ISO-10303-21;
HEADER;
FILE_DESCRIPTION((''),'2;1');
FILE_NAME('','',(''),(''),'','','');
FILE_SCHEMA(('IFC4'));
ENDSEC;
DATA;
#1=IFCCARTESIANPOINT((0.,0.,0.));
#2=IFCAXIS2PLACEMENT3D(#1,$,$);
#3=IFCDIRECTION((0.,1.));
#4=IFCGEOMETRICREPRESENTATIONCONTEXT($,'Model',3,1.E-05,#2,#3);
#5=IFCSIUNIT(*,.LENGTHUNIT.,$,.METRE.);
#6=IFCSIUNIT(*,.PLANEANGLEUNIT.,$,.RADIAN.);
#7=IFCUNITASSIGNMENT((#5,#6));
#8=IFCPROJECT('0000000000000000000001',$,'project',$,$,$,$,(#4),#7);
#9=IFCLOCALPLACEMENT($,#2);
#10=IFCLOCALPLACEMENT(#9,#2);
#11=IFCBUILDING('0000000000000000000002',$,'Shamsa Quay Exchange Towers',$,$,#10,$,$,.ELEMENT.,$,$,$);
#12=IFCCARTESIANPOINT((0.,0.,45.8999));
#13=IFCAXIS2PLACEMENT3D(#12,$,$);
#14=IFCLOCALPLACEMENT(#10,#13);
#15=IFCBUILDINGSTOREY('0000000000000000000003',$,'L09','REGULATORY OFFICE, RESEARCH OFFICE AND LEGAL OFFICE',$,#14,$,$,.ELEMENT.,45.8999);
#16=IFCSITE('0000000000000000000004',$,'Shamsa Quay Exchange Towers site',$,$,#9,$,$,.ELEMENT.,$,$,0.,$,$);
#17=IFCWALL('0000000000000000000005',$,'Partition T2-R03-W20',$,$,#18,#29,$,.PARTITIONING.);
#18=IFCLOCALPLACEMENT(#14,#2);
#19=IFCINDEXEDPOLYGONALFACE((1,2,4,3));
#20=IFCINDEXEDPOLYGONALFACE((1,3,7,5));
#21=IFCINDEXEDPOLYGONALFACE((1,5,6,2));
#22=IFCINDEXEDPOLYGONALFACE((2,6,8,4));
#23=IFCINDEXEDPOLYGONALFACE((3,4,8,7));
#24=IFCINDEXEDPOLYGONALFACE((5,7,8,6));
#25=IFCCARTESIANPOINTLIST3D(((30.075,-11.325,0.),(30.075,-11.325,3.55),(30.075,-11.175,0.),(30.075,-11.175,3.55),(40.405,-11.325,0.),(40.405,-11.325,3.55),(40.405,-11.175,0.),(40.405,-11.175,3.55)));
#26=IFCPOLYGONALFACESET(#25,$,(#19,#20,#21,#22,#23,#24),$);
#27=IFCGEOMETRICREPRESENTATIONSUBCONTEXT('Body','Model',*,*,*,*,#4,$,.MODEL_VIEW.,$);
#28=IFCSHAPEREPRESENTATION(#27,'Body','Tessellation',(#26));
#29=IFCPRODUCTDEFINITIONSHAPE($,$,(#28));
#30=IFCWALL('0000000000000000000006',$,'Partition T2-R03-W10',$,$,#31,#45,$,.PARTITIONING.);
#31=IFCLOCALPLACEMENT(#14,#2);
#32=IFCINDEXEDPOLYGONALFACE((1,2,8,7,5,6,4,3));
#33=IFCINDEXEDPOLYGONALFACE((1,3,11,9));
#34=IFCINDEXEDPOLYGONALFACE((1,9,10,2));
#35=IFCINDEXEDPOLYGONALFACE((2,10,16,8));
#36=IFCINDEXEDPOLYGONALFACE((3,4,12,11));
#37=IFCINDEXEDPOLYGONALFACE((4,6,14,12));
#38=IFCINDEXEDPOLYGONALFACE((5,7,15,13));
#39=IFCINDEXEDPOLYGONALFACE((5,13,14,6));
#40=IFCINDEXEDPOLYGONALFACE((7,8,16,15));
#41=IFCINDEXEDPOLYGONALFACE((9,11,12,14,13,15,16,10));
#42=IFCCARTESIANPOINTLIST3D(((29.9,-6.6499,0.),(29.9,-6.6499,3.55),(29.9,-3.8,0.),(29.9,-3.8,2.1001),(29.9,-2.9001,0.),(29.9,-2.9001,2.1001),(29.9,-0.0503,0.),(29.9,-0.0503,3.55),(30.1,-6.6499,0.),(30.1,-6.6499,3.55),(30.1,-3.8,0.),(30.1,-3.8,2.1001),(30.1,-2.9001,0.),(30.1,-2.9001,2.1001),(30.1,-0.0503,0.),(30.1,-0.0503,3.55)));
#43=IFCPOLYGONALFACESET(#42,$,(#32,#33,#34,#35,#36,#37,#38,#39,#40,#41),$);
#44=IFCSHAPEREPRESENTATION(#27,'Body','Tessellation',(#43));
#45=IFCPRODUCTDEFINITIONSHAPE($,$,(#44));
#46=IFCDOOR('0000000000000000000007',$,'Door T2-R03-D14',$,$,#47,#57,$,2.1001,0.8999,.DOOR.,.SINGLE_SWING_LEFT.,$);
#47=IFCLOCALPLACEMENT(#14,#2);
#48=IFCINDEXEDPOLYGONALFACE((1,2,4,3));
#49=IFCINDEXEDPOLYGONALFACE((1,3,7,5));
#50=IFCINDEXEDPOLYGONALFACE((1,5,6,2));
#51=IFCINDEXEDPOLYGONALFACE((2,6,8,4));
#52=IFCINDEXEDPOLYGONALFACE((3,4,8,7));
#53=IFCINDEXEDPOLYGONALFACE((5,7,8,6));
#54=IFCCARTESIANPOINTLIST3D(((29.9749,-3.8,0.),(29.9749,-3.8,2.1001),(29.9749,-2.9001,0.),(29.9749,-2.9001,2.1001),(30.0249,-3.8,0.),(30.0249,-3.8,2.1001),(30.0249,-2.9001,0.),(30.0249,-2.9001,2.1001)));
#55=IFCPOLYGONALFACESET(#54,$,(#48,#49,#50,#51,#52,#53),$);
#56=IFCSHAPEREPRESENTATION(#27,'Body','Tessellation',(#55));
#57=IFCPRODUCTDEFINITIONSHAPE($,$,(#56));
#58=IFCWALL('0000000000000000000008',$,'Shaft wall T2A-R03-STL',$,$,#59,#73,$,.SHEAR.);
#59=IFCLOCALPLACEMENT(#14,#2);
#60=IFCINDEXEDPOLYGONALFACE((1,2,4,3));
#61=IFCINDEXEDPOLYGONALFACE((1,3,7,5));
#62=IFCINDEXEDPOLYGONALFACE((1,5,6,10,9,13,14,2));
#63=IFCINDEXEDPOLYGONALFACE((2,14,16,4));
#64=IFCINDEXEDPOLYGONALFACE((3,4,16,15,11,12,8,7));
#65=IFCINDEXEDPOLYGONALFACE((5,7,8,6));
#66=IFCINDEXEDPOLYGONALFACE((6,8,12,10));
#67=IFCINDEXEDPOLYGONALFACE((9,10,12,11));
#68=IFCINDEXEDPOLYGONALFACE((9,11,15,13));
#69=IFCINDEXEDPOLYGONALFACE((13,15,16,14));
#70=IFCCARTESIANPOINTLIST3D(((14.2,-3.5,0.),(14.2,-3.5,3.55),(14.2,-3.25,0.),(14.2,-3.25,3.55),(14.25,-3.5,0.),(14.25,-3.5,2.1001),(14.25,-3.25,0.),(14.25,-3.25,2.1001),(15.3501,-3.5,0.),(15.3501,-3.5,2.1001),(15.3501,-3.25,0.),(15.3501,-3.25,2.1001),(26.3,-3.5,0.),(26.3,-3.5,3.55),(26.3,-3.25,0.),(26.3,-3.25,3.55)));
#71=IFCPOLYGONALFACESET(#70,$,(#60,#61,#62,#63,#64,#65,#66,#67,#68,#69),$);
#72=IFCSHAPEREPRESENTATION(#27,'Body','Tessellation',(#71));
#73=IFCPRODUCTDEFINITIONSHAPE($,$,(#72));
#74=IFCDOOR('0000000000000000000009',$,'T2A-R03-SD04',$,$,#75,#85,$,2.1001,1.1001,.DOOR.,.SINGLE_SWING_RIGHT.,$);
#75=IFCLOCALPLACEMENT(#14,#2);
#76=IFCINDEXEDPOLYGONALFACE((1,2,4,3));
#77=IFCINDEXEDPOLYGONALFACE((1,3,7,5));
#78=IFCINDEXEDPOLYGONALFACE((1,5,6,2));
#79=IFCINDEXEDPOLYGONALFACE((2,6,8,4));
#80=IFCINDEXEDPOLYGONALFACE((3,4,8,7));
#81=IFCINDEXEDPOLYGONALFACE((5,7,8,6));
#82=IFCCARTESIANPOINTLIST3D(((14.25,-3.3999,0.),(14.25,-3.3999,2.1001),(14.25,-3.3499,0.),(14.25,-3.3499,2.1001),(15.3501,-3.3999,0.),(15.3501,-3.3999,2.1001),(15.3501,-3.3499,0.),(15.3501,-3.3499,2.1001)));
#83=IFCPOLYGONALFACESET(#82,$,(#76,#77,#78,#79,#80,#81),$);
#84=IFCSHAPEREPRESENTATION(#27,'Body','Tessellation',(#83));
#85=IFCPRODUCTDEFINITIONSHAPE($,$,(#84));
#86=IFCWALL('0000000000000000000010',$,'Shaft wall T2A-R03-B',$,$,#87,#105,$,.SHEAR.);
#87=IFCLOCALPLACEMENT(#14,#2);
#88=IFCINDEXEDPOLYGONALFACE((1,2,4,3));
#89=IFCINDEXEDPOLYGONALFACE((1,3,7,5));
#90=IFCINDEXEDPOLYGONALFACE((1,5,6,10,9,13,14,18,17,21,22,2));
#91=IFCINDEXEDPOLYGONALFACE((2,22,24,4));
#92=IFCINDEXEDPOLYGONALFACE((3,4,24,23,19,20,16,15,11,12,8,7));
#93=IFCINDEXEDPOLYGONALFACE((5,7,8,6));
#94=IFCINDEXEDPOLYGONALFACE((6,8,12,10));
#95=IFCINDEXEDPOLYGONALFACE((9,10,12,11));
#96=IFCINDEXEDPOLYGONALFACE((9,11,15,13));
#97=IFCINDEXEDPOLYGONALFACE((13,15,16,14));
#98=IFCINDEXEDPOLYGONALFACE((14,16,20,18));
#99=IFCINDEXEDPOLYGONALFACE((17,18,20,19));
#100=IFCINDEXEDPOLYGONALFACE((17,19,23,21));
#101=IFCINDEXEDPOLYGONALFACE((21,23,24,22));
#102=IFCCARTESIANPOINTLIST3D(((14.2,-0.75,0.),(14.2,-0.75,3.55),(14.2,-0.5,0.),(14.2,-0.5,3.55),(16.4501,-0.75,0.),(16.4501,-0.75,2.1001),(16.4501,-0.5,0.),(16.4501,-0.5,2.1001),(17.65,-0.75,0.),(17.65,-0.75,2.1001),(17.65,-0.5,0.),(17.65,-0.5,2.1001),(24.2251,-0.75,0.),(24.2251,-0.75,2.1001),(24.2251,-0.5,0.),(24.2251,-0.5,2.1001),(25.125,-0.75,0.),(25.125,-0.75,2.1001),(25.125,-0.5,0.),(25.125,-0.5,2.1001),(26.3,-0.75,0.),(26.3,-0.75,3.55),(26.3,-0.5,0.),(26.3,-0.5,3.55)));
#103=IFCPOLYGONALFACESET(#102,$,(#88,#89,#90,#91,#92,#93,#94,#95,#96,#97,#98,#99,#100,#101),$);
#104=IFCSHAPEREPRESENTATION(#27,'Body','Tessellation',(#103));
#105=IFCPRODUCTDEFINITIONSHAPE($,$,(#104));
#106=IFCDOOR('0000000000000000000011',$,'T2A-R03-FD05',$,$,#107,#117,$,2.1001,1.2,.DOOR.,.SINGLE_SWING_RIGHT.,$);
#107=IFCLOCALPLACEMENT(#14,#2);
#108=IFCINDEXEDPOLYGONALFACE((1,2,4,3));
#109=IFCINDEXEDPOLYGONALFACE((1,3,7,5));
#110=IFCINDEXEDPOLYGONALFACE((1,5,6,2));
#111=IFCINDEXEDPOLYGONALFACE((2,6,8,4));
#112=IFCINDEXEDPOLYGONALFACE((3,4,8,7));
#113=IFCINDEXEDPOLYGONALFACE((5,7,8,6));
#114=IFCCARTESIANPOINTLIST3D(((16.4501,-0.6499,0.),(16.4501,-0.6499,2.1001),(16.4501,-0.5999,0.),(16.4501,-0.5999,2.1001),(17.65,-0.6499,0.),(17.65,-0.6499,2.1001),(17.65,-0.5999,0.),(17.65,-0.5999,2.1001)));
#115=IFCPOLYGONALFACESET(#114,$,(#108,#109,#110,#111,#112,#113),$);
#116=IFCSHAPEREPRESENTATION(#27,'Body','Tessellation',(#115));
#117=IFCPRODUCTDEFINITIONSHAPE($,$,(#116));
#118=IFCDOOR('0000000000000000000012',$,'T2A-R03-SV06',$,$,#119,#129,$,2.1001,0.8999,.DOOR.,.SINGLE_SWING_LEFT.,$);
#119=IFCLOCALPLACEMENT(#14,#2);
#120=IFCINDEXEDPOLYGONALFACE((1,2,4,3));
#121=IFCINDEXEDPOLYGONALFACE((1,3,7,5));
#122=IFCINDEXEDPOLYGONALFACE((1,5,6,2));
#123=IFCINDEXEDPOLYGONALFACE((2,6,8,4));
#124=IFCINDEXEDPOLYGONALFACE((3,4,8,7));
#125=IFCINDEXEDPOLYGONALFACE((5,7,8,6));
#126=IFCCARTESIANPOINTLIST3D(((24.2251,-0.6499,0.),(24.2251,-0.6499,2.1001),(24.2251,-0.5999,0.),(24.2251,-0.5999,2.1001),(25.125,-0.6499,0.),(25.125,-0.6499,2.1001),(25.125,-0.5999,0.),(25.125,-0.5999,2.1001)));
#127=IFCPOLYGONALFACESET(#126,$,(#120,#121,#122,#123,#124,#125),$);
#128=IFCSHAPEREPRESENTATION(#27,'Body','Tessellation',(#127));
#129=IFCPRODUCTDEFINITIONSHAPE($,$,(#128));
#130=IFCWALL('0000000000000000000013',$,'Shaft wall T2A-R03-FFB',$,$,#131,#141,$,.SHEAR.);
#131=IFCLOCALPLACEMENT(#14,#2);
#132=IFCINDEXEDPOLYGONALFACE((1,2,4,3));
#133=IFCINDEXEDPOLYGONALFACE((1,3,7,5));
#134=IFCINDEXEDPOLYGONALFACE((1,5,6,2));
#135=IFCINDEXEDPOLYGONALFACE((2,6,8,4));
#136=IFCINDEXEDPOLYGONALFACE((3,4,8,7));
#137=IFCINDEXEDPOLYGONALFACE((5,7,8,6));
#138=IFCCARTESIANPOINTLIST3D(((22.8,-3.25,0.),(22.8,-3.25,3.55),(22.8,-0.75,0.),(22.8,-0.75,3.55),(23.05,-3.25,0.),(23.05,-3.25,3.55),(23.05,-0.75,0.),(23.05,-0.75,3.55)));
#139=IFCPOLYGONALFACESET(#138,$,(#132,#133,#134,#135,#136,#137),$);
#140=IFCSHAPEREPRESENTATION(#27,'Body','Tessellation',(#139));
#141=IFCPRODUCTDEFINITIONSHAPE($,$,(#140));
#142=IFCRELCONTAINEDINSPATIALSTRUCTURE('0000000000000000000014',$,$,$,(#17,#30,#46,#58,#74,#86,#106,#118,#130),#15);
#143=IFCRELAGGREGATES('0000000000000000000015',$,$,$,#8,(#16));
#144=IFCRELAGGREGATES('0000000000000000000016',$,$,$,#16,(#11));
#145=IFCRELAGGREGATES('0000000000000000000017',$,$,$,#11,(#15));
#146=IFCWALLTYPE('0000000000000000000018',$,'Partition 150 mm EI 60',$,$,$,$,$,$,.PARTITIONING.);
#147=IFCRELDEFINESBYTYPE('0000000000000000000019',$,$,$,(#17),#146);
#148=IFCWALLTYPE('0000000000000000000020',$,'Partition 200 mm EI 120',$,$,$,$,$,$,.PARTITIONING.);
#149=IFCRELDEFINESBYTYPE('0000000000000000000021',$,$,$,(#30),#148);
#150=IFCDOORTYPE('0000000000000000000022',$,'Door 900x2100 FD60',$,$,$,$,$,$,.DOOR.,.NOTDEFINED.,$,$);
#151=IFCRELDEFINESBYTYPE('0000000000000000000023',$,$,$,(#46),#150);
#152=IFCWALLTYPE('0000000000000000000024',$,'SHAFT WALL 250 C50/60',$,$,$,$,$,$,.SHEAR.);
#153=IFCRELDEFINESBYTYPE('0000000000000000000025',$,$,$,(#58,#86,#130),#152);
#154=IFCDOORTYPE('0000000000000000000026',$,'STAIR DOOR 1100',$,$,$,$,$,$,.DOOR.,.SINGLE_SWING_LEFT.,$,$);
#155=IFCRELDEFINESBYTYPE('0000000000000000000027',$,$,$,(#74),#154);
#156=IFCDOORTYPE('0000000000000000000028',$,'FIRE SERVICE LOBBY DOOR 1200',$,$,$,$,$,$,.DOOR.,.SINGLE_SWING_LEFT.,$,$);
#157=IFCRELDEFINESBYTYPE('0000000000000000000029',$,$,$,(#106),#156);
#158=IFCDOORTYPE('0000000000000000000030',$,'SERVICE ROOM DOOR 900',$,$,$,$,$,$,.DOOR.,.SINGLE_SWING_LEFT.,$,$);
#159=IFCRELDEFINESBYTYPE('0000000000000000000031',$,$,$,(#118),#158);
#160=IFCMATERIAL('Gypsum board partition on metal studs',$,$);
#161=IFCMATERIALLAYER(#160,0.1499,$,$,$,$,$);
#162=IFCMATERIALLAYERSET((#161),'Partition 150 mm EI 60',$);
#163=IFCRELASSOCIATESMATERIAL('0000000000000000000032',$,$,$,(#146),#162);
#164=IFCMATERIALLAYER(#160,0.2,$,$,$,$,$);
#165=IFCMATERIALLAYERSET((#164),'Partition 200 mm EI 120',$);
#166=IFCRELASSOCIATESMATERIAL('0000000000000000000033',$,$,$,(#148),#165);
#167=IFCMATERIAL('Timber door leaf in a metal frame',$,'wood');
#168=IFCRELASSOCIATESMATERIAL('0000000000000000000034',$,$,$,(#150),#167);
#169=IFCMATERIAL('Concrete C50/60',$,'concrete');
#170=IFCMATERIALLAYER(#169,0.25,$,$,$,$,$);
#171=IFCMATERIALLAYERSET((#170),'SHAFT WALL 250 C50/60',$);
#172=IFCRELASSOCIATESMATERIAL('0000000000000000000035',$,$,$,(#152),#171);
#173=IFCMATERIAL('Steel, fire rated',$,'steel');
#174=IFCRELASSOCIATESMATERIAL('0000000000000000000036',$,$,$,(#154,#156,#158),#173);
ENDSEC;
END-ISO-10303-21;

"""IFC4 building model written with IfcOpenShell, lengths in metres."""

from ifc_helpers import new_model, si_unit, direction, frame, frame_2d, origin, place, context, subcontext, project, spatial, rectangle, extrude, material, layer, layer_set, type_object, element, fill, save


model = new_model("IFC4")

# Units and contexts
model_context = context("Model", 3, precision=1e-05, world=origin(), true_north=direction((0.0, 1.0)))
body_context = subcontext(model_context, "Body", "Model", "MODEL_VIEW")
ifc_project = project(units=[si_unit("LENGTHUNIT", "METRE"), si_unit("PLANEANGLEUNIT", "RADIAN")], contexts=[model_context])

# Site, building, storey
site_placement = place(None, origin())
site = spatial("IfcSite", under=ifc_project, at=site_placement, Name="Shamsa Quay Exchange Towers site", CompositionType="ELEMENT", RefElevation=0.0)
building_placement = place(site_placement, origin())
building = spatial("IfcBuilding", under=site, at=building_placement, Name="Shamsa Quay Exchange Towers", CompositionType="ELEMENT")
storey_placement = place(building_placement, frame((0.0, 0.0, 45.8999)))
storey = spatial("IfcBuildingStorey", under=building, at=storey_placement, Name="L09", Description="REGULATORY OFFICE, RESEARCH OFFICE AND LEGAL OFFICE", CompositionType="ELEMENT", Elevation=45.8999)

# Shared definitions
ifc_material_1 = material(Name="Gypsum board partition on metal studs")
ifc_layer_1 = layer(ifc_material_1, 0.1499)
ifc_layer_set_1 = layer_set([ifc_layer_1], Name="Partition 150 mm EI 60")
wall_type_1 = type_object("IfcWallType", Name="Partition 150 mm EI 60", PredefinedType="PARTITIONING", material=ifc_layer_set_1)
ifc_material_2 = material(Name="Timber door leaf in a metal frame", Category="wood")

# Wall
wall_1_placement = place(storey_placement, frame((30.075, -11.25, 0.0)))
element("IfcWall", 1, at=wall_1_placement, inside=storey, type_object=wall_type_1, Name="Partition T2-R03-W20", PredefinedType="PARTITIONING", context=body_context, shape_type="SweptSolid", body=[
    extrude(rectangle(XDim=10.3301, YDim=0.1499, at=frame_2d((5.165, 0.0))), origin(), (0.0, 0.0, 1.0), 3.55),
])

# Walls, openings, doors
ifc_layer_2 = layer(ifc_material_1, 0.2)
ifc_layer_set_2 = layer_set([ifc_layer_2], Name="Partition 200 mm EI 120")
wall_type_2 = type_object("IfcWallType", Name="Partition 200 mm EI 120", PredefinedType="PARTITIONING", material=ifc_layer_set_2)
wall_2_placement = place(storey_placement, frame((30.0, -0.0503, 0.0), z_axis=(0.0, 0.0, 1.0), x_axis=(0.0, -1.0, 0.0)))
wall_2 = element("IfcWall", 2, at=wall_2_placement, inside=storey, type_object=wall_type_2, Name="Partition T2-R03-W10", PredefinedType="PARTITIONING", context=body_context, shape_type="SweptSolid", body=[
    extrude(rectangle(XDim=6.5996, YDim=0.2, at=frame_2d((3.2998, 0.0))), origin(), (0.0, 0.0, 1.0), 3.55),
])
opening_1_placement = place(wall_2_placement, frame((2.8499, 0.0, 0.0)))
opening_1 = element("IfcOpeningElement", 3, at=opening_1_placement, cuts=wall_2, PredefinedType="OPENING", context=body_context, shape_type="SweptSolid", body=[
    extrude(rectangle(XDim=0.8999, YDim=2.1001, at=frame_2d((0.45, 1.05))), frame((0.0, 0.1099, 0.0), z_axis=(0.0, -1.0, 0.0), x_axis=(1.0, 0.0, 0.0)), (0.0, 0.0, 1.0), 0.22),
])
door_type_1 = type_object("IfcDoorType", Name="Door 900x2100 FD60", OperationType="NOTDEFINED", PredefinedType="DOOR", material=ifc_material_2)
door_1_placement = place(opening_1_placement, origin())
door_1 = element("IfcDoor", 4, at=door_1_placement, inside=storey, type_object=door_type_1, Name="Door T2-R03-D14", OperationType="SINGLE_SWING_LEFT", OverallHeight=2.1001, OverallWidth=0.8999, PredefinedType="DOOR", context=body_context, shape_type="SweptSolid", body=[
    extrude(rectangle(XDim=0.8999, YDim=2.1001, at=frame_2d((0.45, 1.05))), frame((0.0, 0.0249, 0.0), z_axis=(0.0, -1.0, 0.0), x_axis=(1.0, 0.0, 0.0)), (0.0, 0.0, 1.0), 0.05),
])
fill(opening_1, door_1)
ifc_material_3 = material(Name="Concrete C50/60", Category="concrete")
ifc_layer_3 = layer(ifc_material_3, 0.25)
ifc_layer_set_3 = layer_set([ifc_layer_3], Name="SHAFT WALL 250 C50/60")
wall_type_3 = type_object("IfcWallType", Name="SHAFT WALL 250 C50/60", PredefinedType="SHEAR", material=ifc_layer_set_3)
wall_3_placement = place(storey_placement, frame((26.3, -3.375, 0.0), z_axis=(0.0, 0.0, 1.0), x_axis=(-1.0, 0.0, 0.0)))
wall_3 = element("IfcWall", 5, at=wall_3_placement, inside=storey, type_object=wall_type_3, Name="Shaft wall T2A-R03-STL", PredefinedType="SHEAR", context=body_context, shape_type="SweptSolid", body=[
    extrude(rectangle(XDim=12.1001, YDim=0.25, at=frame_2d((6.05, 0.0))), origin(), (0.0, 0.0, 1.0), 3.55),
])
opening_2_placement = place(wall_3_placement, frame((10.95, 0.0, 0.0)))
opening_2 = element("IfcOpeningElement", 6, at=opening_2_placement, cuts=wall_3, PredefinedType="OPENING", context=body_context, shape_type="SweptSolid", body=[
    extrude(rectangle(XDim=1.1001, YDim=2.1001, at=frame_2d((0.55, 1.05))), frame((0.0, 0.135, 0.0), z_axis=(0.0, -1.0, 0.0), x_axis=(1.0, 0.0, 0.0)), (0.0, 0.0, 1.0), 0.27),
])
ifc_material_4 = material(Name="Steel, fire rated", Category="steel")
door_type_2 = type_object("IfcDoorType", Name="STAIR DOOR 1100", OperationType="SINGLE_SWING_LEFT", PredefinedType="DOOR", material=ifc_material_4)
door_2_placement = place(opening_2_placement, origin())
door_2 = element("IfcDoor", 7, at=door_2_placement, inside=storey, type_object=door_type_2, Name="T2A-R03-SD04", OperationType="SINGLE_SWING_RIGHT", OverallHeight=2.1001, OverallWidth=1.1001, PredefinedType="DOOR", context=body_context, shape_type="SweptSolid", body=[
    extrude(rectangle(XDim=1.1001, YDim=2.1001, at=frame_2d((0.55, 1.05))), frame((0.0, 0.0249, 0.0), z_axis=(0.0, -1.0, 0.0), x_axis=(1.0, 0.0, 0.0)), (0.0, 0.0, 1.0), 0.05),
])
fill(opening_2, door_2)

# Wall, openings, doors
wall_4_placement = place(storey_placement, frame((26.3, -0.625, 0.0), z_axis=(0.0, 0.0, 1.0), x_axis=(-1.0, 0.0, 0.0)))
wall_4 = element("IfcWall", 8, at=wall_4_placement, inside=storey, type_object=wall_type_3, Name="Shaft wall T2A-R03-B", PredefinedType="SHEAR", context=body_context, shape_type="SweptSolid", body=[
    extrude(rectangle(XDim=12.1001, YDim=0.25, at=frame_2d((6.05, 0.0))), origin(), (0.0, 0.0, 1.0), 3.55),
])
opening_3_placement = place(wall_4_placement, frame((8.6499, 0.0, 0.0)))
opening_3 = element("IfcOpeningElement", 9, at=opening_3_placement, cuts=wall_4, PredefinedType="OPENING", context=body_context, shape_type="SweptSolid", body=[
    extrude(rectangle(XDim=1.2, YDim=2.1001, at=frame_2d((0.6001, 1.05))), frame((0.0, 0.135, 0.0), z_axis=(0.0, -1.0, 0.0), x_axis=(1.0, 0.0, 0.0)), (0.0, 0.0, 1.0), 0.27),
])
opening_4_placement = place(wall_4_placement, frame((1.175, 0.0, 0.0)))
opening_4 = element("IfcOpeningElement", 10, at=opening_4_placement, cuts=wall_4, PredefinedType="OPENING", context=body_context, shape_type="SweptSolid", body=[
    extrude(rectangle(XDim=0.8999, YDim=2.1001, at=frame_2d((0.45, 1.05))), frame((0.0, 0.135, 0.0), z_axis=(0.0, -1.0, 0.0), x_axis=(1.0, 0.0, 0.0)), (0.0, 0.0, 1.0), 0.27),
])
door_type_3 = type_object("IfcDoorType", Name="FIRE SERVICE LOBBY DOOR 1200", OperationType="SINGLE_SWING_LEFT", PredefinedType="DOOR", material=ifc_material_4)
door_3_placement = place(opening_3_placement, origin())
door_3 = element("IfcDoor", 11, at=door_3_placement, inside=storey, type_object=door_type_3, Name="T2A-R03-FD05", OperationType="SINGLE_SWING_RIGHT", OverallHeight=2.1001, OverallWidth=1.2, PredefinedType="DOOR", context=body_context, shape_type="SweptSolid", body=[
    extrude(rectangle(XDim=1.2, YDim=2.1001, at=frame_2d((0.6001, 1.05))), frame((0.0, 0.0249, 0.0), z_axis=(0.0, -1.0, 0.0), x_axis=(1.0, 0.0, 0.0)), (0.0, 0.0, 1.0), 0.05),
])
fill(opening_3, door_3)
door_type_4 = type_object("IfcDoorType", Name="SERVICE ROOM DOOR 900", OperationType="SINGLE_SWING_LEFT", PredefinedType="DOOR", material=ifc_material_4)
door_4_placement = place(opening_4_placement, origin())
door_4 = element("IfcDoor", 12, at=door_4_placement, inside=storey, type_object=door_type_4, Name="T2A-R03-SV06", OperationType="SINGLE_SWING_LEFT", OverallHeight=2.1001, OverallWidth=0.8999, PredefinedType="DOOR", context=body_context, shape_type="SweptSolid", body=[
    extrude(rectangle(XDim=0.8999, YDim=2.1001, at=frame_2d((0.45, 1.05))), frame((0.0, 0.0249, 0.0), z_axis=(0.0, -1.0, 0.0), x_axis=(1.0, 0.0, 0.0)), (0.0, 0.0, 1.0), 0.05),
])
fill(opening_4, door_4)

# Wall
wall_5_placement = place(storey_placement, frame((22.925, -3.25, 0.0), z_axis=(0.0, 0.0, 1.0), x_axis=(0.0, 1.0, 0.0)))
element("IfcWall", 13, at=wall_5_placement, inside=storey, type_object=wall_type_3, Name="Shaft wall T2A-R03-FFB", PredefinedType="SHEAR", context=body_context, shape_type="SweptSolid", body=[
    extrude(rectangle(XDim=2.5, YDim=0.25, at=frame_2d((1.25, 0.0))), origin(), (0.0, 0.0, 1.0), 3.55),
])

save(model, "model.ifc")
